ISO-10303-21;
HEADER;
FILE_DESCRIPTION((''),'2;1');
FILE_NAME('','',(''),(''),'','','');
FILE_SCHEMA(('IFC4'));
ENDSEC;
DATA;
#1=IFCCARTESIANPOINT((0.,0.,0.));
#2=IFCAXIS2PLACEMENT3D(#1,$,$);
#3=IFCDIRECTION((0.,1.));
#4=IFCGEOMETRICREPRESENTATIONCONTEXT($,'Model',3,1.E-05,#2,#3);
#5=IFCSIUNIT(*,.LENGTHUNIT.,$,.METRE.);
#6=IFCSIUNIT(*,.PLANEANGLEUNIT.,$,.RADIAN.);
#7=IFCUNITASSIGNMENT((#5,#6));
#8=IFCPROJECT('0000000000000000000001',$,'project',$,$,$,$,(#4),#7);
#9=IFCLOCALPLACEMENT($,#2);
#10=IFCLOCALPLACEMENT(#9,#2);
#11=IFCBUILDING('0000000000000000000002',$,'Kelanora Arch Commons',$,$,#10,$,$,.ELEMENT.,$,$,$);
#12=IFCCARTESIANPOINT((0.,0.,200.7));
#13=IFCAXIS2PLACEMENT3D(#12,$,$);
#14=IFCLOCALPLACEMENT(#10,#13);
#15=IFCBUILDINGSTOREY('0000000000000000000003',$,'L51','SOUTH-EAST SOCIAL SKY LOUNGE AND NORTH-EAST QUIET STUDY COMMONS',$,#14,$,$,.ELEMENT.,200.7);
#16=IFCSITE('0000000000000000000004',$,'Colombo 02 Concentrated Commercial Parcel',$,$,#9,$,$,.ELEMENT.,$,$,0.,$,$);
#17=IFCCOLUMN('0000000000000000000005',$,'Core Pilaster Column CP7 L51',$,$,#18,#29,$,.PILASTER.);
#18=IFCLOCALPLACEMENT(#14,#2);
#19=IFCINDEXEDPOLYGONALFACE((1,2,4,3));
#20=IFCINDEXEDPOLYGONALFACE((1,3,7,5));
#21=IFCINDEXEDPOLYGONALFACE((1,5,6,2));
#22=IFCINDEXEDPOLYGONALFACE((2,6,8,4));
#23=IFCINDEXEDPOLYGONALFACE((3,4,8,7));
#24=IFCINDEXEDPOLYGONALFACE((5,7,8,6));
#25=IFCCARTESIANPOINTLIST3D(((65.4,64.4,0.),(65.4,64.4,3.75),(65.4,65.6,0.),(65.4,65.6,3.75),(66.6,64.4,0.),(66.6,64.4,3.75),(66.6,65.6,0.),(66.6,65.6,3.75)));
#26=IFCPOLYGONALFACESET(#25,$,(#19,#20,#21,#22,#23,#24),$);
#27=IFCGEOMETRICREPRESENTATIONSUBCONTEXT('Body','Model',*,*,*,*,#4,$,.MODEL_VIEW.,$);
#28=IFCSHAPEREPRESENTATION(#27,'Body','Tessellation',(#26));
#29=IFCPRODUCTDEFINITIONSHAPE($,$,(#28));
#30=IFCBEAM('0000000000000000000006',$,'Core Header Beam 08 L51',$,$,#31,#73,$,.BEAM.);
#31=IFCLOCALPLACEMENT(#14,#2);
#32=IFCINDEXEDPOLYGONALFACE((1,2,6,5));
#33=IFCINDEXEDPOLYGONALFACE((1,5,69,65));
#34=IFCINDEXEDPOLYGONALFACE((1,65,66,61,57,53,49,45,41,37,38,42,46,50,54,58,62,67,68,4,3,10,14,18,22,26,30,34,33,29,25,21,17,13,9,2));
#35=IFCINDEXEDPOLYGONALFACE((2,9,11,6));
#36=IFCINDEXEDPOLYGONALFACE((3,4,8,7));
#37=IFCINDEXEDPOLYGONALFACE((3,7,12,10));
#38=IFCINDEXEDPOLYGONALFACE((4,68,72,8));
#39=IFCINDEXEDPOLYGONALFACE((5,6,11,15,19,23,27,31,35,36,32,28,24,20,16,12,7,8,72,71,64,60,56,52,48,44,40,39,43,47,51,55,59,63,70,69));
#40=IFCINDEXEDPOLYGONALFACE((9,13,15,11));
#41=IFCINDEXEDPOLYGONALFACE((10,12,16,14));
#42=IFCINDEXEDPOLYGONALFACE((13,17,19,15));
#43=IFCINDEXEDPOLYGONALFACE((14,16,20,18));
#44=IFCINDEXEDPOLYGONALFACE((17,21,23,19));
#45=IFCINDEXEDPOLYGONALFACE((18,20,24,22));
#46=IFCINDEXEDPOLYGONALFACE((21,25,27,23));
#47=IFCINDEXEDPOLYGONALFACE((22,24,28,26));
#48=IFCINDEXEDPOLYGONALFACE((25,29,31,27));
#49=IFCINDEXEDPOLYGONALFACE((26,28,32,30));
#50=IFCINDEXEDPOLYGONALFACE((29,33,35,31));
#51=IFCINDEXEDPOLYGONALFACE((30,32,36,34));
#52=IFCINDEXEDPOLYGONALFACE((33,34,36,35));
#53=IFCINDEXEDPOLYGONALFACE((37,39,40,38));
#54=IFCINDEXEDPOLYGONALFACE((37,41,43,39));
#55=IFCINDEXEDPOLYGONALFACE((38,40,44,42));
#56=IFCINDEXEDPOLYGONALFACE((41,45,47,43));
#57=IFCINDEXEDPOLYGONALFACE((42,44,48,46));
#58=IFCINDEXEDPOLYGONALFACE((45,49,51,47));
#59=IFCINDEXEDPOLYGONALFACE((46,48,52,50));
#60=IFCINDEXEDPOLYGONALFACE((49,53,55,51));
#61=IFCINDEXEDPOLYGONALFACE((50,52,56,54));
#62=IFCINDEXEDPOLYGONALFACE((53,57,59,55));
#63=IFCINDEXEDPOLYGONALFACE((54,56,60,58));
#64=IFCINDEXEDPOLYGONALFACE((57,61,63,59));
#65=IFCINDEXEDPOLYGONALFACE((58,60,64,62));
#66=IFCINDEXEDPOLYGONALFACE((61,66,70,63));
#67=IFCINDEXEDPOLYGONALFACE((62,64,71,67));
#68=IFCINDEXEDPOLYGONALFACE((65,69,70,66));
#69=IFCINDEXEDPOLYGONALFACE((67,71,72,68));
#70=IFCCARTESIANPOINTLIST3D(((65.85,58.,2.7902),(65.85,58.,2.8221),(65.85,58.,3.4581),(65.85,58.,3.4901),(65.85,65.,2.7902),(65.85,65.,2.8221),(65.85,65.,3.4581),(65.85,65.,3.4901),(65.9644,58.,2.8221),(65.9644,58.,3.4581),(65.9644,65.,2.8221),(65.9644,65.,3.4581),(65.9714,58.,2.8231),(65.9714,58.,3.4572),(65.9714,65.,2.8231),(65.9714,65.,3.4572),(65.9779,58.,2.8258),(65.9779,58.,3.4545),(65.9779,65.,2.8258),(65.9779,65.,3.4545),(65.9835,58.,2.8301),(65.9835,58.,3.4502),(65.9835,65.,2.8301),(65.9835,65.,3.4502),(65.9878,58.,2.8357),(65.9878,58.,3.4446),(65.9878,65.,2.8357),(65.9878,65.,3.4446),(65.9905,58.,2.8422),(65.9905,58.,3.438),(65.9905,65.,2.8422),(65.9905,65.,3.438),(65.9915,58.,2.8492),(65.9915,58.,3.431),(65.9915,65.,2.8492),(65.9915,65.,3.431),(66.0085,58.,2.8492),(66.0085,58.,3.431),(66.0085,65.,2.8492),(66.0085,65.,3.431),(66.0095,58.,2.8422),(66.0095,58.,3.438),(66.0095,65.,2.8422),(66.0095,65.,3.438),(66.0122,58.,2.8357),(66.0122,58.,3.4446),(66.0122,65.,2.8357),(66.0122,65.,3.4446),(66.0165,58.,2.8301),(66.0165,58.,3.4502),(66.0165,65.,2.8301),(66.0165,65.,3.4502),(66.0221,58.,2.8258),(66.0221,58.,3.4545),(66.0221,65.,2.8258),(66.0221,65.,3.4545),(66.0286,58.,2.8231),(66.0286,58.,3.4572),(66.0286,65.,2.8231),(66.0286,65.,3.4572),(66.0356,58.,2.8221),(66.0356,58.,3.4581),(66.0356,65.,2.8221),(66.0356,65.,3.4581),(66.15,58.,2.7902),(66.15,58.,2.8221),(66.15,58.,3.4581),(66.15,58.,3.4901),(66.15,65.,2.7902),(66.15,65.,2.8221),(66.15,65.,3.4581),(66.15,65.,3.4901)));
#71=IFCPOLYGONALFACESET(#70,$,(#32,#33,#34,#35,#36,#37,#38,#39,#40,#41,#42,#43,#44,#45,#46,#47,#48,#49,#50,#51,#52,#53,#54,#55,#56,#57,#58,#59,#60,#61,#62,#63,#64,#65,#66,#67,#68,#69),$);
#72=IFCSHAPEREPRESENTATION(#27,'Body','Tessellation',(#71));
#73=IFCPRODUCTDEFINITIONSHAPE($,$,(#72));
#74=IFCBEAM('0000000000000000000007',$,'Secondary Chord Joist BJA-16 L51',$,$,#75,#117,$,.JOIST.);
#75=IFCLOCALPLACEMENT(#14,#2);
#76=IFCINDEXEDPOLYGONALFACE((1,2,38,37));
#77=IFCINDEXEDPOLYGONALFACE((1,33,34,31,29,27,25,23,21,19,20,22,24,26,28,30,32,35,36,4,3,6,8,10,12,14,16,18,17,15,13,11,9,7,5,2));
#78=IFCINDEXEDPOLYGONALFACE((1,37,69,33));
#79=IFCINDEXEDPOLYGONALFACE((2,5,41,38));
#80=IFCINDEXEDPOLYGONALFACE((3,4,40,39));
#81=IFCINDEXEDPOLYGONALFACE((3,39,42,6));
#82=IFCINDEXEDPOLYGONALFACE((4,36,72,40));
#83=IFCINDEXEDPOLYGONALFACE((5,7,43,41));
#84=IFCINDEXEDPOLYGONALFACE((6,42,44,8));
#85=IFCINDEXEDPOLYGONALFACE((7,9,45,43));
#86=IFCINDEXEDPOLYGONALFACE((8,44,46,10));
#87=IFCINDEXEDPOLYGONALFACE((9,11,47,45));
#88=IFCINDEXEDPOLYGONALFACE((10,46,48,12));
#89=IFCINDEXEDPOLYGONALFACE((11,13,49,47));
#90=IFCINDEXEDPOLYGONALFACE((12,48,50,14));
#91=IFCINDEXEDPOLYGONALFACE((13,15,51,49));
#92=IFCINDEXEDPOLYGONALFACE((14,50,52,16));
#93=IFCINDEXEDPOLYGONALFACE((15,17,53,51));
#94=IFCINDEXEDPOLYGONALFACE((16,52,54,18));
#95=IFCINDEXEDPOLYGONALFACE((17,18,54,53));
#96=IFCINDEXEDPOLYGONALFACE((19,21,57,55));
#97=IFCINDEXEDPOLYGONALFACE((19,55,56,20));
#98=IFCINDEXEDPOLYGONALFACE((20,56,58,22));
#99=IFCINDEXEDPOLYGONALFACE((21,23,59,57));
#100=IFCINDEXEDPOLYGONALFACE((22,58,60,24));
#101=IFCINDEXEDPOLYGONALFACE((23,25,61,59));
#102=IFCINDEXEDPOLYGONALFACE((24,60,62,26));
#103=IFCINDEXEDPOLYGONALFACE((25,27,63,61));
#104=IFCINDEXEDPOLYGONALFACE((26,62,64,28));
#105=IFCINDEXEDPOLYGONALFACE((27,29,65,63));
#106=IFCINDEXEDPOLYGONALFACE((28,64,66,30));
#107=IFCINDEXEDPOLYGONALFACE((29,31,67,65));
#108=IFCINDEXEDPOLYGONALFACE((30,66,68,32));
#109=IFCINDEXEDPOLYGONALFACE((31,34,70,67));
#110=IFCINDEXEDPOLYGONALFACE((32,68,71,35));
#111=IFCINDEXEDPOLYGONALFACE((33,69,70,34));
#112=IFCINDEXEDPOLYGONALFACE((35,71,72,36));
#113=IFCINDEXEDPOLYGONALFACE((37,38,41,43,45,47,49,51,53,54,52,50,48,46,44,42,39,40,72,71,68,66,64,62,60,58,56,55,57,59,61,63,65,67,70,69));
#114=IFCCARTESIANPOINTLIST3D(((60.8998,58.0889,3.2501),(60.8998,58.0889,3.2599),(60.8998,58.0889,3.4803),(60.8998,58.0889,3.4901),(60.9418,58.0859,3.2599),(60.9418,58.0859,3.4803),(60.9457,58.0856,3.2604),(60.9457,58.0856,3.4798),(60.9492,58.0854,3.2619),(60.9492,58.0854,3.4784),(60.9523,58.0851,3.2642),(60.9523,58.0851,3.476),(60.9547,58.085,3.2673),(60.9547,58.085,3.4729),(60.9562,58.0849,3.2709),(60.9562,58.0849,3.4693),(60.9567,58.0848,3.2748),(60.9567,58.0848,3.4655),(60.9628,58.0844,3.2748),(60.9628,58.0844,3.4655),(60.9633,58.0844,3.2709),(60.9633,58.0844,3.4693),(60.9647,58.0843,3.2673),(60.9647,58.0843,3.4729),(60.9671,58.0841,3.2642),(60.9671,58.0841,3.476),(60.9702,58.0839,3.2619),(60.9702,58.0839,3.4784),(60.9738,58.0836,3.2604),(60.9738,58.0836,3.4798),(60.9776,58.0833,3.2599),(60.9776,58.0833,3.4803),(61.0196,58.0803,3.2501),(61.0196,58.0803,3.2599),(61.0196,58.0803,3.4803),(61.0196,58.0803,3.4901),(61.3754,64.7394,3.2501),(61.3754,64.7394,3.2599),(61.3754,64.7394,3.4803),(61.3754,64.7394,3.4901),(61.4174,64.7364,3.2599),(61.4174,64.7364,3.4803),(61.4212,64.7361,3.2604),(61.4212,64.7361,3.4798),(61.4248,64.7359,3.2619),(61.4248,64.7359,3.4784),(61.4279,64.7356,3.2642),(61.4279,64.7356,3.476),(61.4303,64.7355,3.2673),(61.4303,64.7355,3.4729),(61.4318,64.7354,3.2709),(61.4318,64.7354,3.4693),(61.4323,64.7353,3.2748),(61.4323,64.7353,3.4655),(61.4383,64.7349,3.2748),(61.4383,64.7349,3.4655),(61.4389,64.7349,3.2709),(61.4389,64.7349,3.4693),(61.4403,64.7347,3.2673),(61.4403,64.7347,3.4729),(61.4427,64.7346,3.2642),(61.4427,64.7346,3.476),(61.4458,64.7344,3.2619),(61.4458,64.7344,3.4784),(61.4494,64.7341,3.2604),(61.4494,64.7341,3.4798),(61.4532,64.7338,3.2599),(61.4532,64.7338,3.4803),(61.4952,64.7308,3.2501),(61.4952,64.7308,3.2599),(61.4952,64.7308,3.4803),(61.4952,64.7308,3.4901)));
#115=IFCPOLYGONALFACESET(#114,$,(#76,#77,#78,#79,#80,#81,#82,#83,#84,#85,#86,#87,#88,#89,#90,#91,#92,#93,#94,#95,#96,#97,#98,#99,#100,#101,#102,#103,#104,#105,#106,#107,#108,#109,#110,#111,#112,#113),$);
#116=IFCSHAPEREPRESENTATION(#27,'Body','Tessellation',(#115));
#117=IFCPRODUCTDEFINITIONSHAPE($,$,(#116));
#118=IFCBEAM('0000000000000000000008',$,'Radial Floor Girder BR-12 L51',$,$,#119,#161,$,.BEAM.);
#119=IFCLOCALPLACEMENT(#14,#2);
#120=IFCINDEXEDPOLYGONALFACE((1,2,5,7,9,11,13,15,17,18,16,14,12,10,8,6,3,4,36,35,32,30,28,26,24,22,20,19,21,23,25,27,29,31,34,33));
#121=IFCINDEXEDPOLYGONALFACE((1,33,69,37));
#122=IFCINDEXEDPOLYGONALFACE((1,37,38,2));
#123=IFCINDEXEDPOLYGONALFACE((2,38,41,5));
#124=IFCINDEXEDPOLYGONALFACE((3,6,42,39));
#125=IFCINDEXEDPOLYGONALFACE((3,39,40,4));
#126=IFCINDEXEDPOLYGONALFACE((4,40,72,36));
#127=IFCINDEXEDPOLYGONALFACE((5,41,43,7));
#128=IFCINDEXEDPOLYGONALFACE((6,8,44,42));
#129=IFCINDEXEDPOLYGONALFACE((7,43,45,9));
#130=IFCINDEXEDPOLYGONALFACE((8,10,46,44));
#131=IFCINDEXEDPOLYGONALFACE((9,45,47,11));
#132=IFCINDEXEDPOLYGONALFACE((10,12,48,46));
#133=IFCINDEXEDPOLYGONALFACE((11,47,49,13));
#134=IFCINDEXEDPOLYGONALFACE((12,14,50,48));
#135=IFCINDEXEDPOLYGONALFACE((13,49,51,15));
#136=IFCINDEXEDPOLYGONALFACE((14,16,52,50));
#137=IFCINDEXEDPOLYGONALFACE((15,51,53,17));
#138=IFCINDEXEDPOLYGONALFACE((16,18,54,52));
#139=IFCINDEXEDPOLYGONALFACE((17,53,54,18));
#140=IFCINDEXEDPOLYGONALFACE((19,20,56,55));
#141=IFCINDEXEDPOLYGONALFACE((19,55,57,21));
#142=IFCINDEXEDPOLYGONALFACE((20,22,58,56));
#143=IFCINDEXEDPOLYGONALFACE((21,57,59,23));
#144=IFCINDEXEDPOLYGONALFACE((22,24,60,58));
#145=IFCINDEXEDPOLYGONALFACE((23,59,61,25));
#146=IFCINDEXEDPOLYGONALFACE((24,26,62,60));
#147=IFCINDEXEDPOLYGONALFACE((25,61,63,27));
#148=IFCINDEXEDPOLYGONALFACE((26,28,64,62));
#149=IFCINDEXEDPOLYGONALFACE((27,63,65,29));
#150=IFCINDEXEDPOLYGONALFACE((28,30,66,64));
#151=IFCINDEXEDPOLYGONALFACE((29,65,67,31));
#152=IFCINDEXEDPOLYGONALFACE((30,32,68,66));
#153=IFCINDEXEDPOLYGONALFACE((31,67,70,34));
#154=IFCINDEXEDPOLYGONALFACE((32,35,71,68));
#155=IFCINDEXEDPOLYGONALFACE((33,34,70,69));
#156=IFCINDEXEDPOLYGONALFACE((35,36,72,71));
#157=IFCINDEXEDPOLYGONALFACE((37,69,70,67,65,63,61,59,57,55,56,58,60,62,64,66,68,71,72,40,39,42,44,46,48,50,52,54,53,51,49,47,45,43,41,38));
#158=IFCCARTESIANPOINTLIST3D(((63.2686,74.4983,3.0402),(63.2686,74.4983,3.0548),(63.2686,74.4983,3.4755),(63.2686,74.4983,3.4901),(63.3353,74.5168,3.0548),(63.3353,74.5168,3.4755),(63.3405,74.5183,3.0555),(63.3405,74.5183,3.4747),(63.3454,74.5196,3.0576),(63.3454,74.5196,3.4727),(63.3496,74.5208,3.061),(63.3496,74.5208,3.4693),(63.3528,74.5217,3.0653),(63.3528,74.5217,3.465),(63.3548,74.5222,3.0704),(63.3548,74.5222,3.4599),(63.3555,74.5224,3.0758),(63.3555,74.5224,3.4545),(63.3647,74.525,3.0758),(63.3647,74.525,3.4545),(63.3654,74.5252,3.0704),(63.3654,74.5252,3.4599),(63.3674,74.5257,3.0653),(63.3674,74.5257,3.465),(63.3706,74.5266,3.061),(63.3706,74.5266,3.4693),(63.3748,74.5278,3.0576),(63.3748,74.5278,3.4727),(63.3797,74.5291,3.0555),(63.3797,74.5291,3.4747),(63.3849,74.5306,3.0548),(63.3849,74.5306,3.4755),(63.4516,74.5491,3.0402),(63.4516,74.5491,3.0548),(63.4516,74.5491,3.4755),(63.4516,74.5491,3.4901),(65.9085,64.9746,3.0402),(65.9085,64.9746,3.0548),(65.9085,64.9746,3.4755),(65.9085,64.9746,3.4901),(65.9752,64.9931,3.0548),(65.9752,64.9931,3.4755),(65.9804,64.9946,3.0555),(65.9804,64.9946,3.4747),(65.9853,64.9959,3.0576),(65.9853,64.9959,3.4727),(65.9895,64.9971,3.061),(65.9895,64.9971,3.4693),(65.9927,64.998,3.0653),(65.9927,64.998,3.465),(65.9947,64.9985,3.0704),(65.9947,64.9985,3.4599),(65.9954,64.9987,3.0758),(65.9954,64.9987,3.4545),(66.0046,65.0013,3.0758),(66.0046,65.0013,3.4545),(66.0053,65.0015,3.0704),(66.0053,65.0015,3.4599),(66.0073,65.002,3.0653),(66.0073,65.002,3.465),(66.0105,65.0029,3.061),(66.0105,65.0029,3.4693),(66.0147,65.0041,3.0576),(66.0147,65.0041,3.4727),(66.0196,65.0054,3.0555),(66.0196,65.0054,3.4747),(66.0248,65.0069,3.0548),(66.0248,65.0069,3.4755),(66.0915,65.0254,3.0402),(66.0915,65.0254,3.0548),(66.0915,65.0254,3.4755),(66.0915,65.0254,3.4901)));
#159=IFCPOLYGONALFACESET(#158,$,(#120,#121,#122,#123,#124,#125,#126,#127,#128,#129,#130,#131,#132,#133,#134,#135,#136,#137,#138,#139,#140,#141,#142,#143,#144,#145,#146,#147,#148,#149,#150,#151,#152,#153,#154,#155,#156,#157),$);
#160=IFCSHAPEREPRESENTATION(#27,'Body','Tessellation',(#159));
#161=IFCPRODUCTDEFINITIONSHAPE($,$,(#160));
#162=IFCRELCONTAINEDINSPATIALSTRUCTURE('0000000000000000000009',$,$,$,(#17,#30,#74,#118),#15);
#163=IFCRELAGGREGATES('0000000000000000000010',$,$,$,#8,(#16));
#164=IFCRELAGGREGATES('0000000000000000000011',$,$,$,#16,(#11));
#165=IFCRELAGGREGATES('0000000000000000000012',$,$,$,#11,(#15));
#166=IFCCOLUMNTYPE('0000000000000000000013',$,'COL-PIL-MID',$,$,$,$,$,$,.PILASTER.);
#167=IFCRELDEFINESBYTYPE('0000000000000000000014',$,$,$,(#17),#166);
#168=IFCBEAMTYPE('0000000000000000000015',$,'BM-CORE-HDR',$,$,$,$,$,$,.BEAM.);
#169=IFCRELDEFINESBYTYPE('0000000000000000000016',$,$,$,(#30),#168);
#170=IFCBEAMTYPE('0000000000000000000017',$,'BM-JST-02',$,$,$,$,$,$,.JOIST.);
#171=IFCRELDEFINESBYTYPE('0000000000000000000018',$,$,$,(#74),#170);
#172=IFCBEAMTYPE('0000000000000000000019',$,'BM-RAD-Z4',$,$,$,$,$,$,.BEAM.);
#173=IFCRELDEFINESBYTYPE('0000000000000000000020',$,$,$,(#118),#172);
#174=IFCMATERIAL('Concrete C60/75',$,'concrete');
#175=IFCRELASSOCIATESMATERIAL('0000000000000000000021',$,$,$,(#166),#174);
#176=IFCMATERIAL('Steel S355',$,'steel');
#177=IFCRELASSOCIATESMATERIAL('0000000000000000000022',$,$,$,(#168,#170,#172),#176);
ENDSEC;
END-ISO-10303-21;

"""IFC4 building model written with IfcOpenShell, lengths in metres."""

from ifc_helpers import new_model, si_unit, direction, frame, origin, origin_2d, place, context, subcontext, project, spatial, rectangle, i_section, extrude, material, material_profile, profile_set, type_object, element, save


model = new_model("IFC4")

# Units and contexts
model_context = context("Model", 3, precision=1e-05, world=origin(), true_north=direction((0.0, 1.0)))
body_context = subcontext(model_context, "Body", "Model", "MODEL_VIEW")
ifc_project = project(units=[si_unit("LENGTHUNIT", "METRE"), si_unit("PLANEANGLEUNIT", "RADIAN")], contexts=[model_context])

# Site, building, storey
site_placement = place(None, origin())
site = spatial("IfcSite", under=ifc_project, at=site_placement, Name="Colombo 02 Concentrated Commercial Parcel", CompositionType="ELEMENT", RefElevation=0.0)
building_placement = place(site_placement, origin())
building = spatial("IfcBuilding", under=site, at=building_placement, Name="Kelanora Arch Commons", CompositionType="ELEMENT")
storey_placement = place(building_placement, frame((0.0, 0.0, 200.7)))
storey = spatial("IfcBuildingStorey", under=building, at=storey_placement, Name="L51", Description="SOUTH-EAST SOCIAL SKY LOUNGE AND NORTH-EAST QUIET STUDY COMMONS", CompositionType="ELEMENT", Elevation=200.7)

# Column
ifc_material_1 = material(Name="Concrete C60/75", Category="concrete")
ifc_material_profile_1 = material_profile(ifc_material_1, rectangle(XDim=1.2, YDim=1.2, at=origin_2d()), Name="RC1200x1200")
ifc_profile_set_1 = profile_set([ifc_material_profile_1], Name="Concrete C60/75")
column_type = type_object("IfcColumnType", Name="COL-PIL-MID", PredefinedType="PILASTER", material=ifc_profile_set_1)
column_placement = place(storey_placement, frame((66.0, 65.0, 0.0), z_axis=(0.0, 0.0, 1.0), x_axis=(1.0, 0.0, 0.0)))
element("IfcColumn", 1, at=column_placement, inside=storey, type_object=column_type, Name="Core Pilaster Column CP7 L51", PredefinedType="PILASTER", context=body_context, shape_type="SweptSolid", body=[
    extrude(rectangle(XDim=1.2, YDim=1.2, at=origin_2d()), origin(), (0.0, 0.0, 1.0), 3.75),
])

# Beams
ifc_material_2 = material(Name="Steel S355", Category="steel")
ifc_material_profile_2 = material_profile(ifc_material_2, i_section(OverallWidth=0.3, OverallDepth=0.7, WebThickness=0.0171, FlangeThickness=0.032, FilletRadius=0.0271, at=origin_2d()), Name="HEB700")
ifc_profile_set_2 = profile_set([ifc_material_profile_2], Name="Steel S355")
beam_type_1 = type_object("IfcBeamType", Name="BM-CORE-HDR", PredefinedType="BEAM", material=ifc_profile_set_2)
beam_1_placement = place(storey_placement, frame((66.0, 65.0, 3.1401), z_axis=(0.0, -1.0, 0.0), x_axis=(1.0, 0.0, 0.0)))
element("IfcBeam", 2, at=beam_1_placement, inside=storey, type_object=beam_type_1, Name="Core Header Beam 08 L51", PredefinedType="BEAM", context=body_context, shape_type="SweptSolid", body=[
    extrude(i_section(OverallWidth=0.3, OverallDepth=0.7, WebThickness=0.0171, FlangeThickness=0.032, FilletRadius=0.0271, at=origin_2d()), origin(), (0.0, 0.0, 1.0), 7.0),
])
ifc_material_profile_3 = material_profile(ifc_material_2, i_section(OverallWidth=0.1201, OverallDepth=0.24, WebThickness=0.0061, FlangeThickness=0.0098, FilletRadius=0.0149, at=origin_2d()), Name="IPE240")
ifc_profile_set_3 = profile_set([ifc_material_profile_3], Name="Steel S355")
beam_type_2 = type_object("IfcBeamType", Name="BM-JST-02", PredefinedType="JOIST", material=ifc_profile_set_3)
beam_2_placement = place(storey_placement, frame((61.4353, 64.7351, 3.3701), z_axis=(-0.07133, -0.997453, 0.0), x_axis=(0.997453, -0.07133, 0.0)))
element("IfcBeam", 3, at=beam_2_placement, inside=storey, type_object=beam_type_2, Name="Secondary Chord Joist BJA-16 L51", PredefinedType="JOIST", context=body_context, shape_type="SweptSolid", body=[
    extrude(i_section(OverallWidth=0.1201, OverallDepth=0.24, WebThickness=0.0061, FlangeThickness=0.0098, FilletRadius=0.0149, at=origin_2d()), origin(), (0.0, 0.0, 1.0), 6.6675),
])
ifc_material_profile_4 = material_profile(ifc_material_2, i_section(OverallWidth=0.1899, OverallDepth=0.45, WebThickness=0.0095, FlangeThickness=0.0146, FilletRadius=0.021, at=origin_2d()), Name="IPE450")
ifc_profile_set_4 = profile_set([ifc_material_profile_4], Name="Steel S355")
beam_type_3 = type_object("IfcBeamType", Name="BM-RAD-Z4", PredefinedType="BEAM", material=ifc_profile_set_4)
beam_3_placement = place(storey_placement, frame((66.0, 65.0, 3.2651), z_axis=(-0.26712, 0.963663, 0.0), x_axis=(-0.963663, -0.26712, 0.0)))
element("IfcBeam", 4, at=beam_3_placement, inside=storey, type_object=beam_type_3, Name="Radial Floor Girder BR-12 L51", PredefinedType="BEAM", context=body_context, shape_type="SweptSolid", body=[
    extrude(i_section(OverallWidth=0.1899, OverallDepth=0.45, WebThickness=0.0095, FlangeThickness=0.0146, FilletRadius=0.021, at=origin_2d()), origin(), (0.0, 0.0, 1.0), 9.8828),
])

save(model, "model.ifc")
